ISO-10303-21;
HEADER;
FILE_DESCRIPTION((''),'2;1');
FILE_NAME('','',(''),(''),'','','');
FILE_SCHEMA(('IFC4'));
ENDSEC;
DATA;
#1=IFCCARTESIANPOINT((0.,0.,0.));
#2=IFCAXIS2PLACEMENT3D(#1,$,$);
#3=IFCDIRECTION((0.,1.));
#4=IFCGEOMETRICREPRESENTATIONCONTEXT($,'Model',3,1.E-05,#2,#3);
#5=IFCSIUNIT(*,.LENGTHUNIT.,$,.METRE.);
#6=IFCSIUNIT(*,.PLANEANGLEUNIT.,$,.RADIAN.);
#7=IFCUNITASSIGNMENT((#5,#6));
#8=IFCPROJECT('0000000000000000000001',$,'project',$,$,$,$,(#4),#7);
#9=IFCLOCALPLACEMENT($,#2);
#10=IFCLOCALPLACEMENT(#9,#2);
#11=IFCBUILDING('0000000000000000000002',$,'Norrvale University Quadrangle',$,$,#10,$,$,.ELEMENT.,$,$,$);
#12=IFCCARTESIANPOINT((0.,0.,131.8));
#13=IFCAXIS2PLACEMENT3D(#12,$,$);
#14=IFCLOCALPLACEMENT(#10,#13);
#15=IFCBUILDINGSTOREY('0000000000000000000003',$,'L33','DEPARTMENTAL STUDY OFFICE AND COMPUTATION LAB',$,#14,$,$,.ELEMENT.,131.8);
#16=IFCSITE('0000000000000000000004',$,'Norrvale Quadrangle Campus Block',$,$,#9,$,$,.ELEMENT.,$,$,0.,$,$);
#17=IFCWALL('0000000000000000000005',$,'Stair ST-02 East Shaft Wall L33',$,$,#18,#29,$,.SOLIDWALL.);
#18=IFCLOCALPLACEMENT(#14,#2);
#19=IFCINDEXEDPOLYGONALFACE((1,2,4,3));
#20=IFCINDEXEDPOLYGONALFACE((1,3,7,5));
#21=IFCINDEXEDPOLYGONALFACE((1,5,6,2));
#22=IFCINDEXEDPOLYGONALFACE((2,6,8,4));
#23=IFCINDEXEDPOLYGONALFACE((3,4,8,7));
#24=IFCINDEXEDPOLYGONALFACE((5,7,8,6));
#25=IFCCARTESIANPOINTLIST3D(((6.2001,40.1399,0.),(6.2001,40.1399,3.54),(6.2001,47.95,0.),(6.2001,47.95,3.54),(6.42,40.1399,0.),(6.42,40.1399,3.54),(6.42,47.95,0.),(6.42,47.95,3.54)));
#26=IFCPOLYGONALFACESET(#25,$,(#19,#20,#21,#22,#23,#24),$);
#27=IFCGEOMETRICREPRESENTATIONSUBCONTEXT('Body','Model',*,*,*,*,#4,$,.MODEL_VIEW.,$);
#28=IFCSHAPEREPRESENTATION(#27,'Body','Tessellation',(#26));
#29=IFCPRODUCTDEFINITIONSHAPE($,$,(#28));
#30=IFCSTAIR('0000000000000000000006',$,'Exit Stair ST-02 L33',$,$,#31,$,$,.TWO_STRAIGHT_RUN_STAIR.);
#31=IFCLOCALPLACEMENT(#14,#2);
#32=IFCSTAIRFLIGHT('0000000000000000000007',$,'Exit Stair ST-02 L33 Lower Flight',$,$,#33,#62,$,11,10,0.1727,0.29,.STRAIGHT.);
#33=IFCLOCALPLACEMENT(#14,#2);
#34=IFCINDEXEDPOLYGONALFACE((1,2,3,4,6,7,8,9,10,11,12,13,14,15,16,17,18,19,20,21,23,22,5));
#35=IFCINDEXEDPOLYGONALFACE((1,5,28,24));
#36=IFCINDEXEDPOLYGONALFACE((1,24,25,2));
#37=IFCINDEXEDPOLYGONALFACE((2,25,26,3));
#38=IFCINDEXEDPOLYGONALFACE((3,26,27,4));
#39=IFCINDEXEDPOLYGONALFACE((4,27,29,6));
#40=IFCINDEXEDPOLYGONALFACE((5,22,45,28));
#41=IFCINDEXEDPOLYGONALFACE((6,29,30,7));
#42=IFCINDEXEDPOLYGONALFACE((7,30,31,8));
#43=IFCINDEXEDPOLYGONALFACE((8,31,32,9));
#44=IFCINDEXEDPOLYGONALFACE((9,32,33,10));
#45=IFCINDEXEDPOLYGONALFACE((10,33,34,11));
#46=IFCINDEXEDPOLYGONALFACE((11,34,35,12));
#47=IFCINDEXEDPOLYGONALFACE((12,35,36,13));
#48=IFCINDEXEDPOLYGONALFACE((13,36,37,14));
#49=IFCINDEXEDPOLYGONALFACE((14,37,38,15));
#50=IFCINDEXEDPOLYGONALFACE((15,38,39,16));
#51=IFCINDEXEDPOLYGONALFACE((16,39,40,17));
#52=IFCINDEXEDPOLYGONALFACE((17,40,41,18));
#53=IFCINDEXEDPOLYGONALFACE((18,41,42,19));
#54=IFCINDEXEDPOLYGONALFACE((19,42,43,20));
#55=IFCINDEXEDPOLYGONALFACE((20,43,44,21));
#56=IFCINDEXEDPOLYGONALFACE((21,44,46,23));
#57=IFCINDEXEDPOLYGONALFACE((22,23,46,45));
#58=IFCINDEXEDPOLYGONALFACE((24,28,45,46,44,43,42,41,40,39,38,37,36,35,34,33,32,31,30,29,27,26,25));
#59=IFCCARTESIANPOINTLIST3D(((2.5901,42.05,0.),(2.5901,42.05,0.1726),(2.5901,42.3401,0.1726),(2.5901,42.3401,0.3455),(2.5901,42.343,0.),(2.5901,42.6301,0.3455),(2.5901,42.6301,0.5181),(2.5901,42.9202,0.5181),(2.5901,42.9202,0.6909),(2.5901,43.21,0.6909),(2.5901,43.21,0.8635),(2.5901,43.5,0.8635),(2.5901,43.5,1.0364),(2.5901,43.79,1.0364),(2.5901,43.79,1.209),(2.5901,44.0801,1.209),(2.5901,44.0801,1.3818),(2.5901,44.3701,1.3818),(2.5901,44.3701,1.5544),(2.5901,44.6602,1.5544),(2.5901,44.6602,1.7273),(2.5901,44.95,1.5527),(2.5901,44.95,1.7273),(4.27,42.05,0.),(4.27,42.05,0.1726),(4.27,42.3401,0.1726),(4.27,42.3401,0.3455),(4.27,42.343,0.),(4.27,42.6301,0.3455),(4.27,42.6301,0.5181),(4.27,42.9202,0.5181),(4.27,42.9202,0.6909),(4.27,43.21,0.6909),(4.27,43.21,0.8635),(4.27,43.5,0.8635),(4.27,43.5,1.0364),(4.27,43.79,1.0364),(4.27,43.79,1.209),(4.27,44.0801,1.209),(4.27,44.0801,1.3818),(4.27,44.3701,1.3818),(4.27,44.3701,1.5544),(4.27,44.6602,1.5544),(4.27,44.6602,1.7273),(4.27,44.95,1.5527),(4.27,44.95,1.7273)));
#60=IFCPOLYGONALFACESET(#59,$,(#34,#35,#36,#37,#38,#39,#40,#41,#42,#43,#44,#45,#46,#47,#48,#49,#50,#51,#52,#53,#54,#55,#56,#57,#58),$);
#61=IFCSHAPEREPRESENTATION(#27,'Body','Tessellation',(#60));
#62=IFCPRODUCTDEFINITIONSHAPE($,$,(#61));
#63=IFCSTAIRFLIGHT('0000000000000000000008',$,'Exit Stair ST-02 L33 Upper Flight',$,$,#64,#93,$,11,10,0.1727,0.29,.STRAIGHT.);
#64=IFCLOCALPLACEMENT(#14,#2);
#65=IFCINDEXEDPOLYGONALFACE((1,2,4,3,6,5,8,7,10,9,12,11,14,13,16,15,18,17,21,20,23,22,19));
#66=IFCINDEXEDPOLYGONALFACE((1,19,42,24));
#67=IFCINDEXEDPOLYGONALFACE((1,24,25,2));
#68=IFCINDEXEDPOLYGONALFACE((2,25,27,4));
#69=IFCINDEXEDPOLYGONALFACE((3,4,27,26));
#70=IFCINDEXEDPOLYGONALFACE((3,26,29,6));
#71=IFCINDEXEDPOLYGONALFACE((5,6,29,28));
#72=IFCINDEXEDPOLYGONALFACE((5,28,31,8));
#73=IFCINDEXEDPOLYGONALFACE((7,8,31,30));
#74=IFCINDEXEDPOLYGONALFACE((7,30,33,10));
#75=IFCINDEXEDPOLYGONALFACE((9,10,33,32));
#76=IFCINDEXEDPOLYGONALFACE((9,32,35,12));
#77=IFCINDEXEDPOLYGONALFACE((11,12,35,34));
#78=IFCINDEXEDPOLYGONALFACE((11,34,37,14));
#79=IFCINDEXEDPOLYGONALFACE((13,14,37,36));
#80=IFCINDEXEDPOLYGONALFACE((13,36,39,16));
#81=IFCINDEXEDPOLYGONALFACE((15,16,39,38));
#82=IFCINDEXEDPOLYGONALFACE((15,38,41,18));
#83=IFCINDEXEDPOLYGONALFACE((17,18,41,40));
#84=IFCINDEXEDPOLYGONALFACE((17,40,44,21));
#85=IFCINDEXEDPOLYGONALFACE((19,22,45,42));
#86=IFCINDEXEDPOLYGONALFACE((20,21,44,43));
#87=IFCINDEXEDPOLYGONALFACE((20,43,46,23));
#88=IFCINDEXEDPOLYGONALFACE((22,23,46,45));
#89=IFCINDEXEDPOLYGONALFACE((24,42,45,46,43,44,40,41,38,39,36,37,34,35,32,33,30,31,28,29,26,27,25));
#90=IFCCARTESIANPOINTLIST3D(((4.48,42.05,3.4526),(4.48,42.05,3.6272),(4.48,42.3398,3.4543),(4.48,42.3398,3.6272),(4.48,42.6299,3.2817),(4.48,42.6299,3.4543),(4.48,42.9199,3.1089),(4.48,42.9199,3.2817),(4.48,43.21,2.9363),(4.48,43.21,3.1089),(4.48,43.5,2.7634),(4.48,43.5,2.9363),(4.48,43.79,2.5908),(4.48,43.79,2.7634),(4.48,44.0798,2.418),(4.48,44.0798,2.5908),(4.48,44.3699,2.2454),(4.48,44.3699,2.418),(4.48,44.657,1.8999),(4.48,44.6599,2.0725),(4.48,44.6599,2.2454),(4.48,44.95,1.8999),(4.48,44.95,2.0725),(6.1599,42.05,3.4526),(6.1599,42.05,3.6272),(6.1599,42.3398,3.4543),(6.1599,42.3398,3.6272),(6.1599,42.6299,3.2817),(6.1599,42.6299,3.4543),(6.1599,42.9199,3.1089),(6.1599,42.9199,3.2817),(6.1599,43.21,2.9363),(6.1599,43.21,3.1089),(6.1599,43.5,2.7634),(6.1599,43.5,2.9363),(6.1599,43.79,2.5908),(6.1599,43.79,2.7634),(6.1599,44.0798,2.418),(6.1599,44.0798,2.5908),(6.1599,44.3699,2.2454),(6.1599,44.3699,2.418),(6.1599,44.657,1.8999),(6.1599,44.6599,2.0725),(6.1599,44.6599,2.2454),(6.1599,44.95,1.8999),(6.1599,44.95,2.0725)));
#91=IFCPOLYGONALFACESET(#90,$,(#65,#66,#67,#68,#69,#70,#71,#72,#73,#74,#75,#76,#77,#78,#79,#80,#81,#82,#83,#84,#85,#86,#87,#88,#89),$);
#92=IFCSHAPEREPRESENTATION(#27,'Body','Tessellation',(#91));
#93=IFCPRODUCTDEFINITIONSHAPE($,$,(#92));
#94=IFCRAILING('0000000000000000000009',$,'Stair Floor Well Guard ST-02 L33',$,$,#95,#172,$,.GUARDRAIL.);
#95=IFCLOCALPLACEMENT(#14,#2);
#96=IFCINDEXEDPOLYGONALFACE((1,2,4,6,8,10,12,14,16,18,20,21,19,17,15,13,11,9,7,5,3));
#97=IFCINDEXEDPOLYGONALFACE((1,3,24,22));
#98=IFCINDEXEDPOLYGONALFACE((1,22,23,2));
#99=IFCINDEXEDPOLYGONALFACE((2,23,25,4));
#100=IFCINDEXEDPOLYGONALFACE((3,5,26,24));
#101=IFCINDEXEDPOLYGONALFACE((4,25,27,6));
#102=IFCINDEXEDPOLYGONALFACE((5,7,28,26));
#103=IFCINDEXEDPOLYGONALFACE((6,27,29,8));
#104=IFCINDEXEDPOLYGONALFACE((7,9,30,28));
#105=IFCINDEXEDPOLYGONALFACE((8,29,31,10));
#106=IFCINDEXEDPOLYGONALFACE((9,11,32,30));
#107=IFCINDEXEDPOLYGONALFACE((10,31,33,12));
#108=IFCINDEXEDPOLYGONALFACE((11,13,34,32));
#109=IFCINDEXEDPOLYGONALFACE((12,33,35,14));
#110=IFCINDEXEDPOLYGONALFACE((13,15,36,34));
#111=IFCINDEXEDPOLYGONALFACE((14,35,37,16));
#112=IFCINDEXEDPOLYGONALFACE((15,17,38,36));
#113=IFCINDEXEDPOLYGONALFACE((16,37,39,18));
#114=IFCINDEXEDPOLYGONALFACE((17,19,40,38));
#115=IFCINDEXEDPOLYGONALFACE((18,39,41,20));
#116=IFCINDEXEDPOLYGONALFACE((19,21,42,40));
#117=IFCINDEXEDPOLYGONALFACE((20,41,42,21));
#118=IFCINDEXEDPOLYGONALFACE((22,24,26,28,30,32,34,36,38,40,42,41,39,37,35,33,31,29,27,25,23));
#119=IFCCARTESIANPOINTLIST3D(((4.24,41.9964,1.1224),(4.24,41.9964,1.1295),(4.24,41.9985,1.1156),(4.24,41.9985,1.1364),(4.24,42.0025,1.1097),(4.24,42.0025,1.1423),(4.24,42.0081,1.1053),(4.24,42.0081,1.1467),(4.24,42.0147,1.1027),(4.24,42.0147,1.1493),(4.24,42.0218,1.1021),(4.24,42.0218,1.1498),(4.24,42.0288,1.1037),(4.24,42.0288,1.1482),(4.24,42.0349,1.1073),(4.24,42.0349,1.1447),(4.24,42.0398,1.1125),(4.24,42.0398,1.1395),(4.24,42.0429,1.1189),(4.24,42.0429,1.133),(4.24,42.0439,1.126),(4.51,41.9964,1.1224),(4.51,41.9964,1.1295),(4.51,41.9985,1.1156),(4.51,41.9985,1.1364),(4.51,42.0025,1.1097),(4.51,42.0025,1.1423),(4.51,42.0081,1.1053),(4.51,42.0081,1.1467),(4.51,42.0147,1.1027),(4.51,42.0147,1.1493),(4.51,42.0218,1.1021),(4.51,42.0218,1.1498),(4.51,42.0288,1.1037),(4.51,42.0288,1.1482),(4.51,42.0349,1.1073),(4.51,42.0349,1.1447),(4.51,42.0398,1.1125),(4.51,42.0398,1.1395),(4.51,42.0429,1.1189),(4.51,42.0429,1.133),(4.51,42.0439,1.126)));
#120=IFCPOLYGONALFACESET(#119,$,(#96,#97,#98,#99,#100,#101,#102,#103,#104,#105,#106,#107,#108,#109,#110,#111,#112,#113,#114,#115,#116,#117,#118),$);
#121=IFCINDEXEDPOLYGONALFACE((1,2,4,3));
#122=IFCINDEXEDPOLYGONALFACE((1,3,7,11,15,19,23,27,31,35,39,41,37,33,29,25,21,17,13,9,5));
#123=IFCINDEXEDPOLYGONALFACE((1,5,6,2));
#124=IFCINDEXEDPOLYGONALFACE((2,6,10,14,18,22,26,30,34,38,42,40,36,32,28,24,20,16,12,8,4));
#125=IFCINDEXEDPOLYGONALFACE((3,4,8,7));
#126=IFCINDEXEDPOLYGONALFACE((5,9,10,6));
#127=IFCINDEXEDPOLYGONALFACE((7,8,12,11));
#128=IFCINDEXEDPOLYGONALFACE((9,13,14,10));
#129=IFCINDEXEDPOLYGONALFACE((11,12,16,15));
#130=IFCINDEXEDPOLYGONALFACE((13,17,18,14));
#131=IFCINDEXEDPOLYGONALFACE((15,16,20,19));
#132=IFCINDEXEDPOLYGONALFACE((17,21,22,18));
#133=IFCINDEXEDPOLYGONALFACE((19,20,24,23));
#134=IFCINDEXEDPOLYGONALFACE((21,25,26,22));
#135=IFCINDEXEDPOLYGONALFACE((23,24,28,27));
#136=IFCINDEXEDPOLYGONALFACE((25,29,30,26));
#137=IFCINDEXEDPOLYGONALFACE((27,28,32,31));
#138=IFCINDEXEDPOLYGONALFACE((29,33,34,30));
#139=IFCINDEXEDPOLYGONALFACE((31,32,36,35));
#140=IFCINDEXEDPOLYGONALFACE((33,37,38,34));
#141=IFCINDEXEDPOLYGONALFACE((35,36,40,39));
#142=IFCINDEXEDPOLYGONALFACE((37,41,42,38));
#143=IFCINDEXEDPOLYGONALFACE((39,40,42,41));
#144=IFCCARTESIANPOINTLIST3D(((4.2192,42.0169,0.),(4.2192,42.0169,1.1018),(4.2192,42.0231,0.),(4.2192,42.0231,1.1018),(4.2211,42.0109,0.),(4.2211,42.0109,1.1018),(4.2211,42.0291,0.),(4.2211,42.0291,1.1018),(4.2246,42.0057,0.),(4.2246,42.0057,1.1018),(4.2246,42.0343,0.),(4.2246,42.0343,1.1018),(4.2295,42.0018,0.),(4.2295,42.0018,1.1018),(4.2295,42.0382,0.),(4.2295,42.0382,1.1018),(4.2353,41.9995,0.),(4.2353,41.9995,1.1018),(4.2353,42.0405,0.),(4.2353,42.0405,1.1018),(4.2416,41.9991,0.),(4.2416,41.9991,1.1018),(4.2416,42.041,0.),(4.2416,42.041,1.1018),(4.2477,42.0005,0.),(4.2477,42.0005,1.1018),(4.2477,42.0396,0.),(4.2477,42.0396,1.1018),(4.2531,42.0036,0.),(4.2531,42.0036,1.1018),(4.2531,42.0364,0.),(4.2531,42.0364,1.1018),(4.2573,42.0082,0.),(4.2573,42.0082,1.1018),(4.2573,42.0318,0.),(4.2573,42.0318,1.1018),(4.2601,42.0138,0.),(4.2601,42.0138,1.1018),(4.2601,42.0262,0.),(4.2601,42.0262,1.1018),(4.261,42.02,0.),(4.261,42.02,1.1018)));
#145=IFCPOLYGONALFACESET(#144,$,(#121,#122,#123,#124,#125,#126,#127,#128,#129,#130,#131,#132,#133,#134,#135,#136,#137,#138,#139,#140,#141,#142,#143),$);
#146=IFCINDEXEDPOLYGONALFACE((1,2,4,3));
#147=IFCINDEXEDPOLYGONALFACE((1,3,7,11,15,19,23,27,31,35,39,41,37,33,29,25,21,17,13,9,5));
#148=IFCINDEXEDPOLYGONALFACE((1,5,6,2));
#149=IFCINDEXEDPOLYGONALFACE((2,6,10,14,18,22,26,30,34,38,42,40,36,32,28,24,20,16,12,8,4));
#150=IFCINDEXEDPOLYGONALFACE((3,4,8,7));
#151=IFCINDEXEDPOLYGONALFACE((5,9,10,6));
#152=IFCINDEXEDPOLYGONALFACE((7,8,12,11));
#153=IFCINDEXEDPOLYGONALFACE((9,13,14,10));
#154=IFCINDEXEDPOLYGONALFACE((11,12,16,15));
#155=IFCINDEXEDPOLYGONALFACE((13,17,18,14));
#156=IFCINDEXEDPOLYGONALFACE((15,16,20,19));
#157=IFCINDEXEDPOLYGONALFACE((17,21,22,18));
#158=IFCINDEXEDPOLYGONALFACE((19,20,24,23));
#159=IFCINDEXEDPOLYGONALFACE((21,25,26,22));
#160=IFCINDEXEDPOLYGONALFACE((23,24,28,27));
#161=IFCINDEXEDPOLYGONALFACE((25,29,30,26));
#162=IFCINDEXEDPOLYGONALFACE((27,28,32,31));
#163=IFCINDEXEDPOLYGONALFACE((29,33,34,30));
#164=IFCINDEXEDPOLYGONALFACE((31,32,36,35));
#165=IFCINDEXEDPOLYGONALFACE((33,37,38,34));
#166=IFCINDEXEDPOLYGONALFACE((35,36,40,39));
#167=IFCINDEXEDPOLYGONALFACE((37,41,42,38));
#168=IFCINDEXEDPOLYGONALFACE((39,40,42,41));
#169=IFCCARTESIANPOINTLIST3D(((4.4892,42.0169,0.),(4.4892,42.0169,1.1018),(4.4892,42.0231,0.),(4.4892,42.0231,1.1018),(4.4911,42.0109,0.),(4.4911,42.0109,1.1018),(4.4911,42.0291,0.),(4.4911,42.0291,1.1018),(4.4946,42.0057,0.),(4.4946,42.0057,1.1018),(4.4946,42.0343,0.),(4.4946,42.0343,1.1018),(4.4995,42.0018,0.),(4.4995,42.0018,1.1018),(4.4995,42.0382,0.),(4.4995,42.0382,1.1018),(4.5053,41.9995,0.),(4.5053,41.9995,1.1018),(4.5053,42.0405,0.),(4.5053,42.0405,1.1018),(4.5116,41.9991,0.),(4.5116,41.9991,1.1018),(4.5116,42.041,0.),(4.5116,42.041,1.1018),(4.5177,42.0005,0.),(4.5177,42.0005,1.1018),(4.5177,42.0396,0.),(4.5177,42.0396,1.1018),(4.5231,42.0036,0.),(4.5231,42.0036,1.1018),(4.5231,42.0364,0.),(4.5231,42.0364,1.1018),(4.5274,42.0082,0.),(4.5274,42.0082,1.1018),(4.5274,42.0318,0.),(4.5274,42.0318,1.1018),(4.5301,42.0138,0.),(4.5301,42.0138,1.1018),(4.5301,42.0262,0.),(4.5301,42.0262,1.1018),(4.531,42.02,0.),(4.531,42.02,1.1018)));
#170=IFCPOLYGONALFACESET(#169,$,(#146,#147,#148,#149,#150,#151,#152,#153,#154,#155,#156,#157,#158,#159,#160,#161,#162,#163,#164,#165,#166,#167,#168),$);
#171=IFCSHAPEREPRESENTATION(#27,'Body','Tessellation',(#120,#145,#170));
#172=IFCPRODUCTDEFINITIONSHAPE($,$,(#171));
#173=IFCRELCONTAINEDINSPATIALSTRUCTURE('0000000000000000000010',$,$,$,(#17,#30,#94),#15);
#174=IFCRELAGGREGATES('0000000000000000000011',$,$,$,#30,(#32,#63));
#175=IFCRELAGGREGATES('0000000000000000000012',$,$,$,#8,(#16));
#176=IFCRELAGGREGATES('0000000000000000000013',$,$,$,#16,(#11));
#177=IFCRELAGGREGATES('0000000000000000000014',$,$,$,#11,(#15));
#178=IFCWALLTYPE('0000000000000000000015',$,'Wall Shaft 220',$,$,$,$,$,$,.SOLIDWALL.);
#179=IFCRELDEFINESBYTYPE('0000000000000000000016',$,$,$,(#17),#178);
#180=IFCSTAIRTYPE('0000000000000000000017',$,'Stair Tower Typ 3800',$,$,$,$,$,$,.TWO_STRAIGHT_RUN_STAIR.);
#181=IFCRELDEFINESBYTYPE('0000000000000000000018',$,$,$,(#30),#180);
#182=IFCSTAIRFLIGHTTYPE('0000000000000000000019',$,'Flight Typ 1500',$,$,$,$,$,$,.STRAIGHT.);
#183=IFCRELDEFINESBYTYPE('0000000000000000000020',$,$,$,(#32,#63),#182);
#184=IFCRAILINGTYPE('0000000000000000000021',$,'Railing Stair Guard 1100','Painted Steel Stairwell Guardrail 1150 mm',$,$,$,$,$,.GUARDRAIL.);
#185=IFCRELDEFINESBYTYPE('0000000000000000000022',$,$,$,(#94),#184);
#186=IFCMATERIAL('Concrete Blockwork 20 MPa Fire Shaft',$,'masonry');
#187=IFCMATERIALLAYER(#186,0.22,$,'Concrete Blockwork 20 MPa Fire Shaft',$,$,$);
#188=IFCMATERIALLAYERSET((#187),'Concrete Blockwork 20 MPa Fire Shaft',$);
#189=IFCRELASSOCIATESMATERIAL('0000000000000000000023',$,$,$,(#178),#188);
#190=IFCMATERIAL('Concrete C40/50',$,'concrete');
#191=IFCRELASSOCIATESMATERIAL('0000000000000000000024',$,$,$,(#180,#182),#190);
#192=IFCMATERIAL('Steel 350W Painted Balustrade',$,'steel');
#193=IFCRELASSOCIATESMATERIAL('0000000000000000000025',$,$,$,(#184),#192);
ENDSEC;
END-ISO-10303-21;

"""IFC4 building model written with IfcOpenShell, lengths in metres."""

from ifc_helpers import new_model, si_unit, direction, frame, frame_2d, origin, origin_2d, place, context, subcontext, project, spatial, polyline, rectangle, circle, outline, extrude, material, layer, layer_set, type_object, element, aggregate, save


model = new_model("IFC4")

# Units and contexts
model_context = context("Model", 3, precision=1e-05, world=origin(), true_north=direction((0.0, 1.0)))
body_context = subcontext(model_context, "Body", "Model", "MODEL_VIEW")
ifc_project = project(units=[si_unit("LENGTHUNIT", "METRE"), si_unit("PLANEANGLEUNIT", "RADIAN")], contexts=[model_context])

# Site, building, storey
site_placement = place(None, origin())
site = spatial("IfcSite", under=ifc_project, at=site_placement, Name="Norrvale Quadrangle Campus Block", CompositionType="ELEMENT", RefElevation=0.0)
building_placement = place(site_placement, origin())
building = spatial("IfcBuilding", under=site, at=building_placement, Name="Norrvale University Quadrangle", CompositionType="ELEMENT")
storey_placement = place(building_placement, frame((0.0, 0.0, 131.8)))
storey = spatial("IfcBuildingStorey", under=building, at=storey_placement, Name="L33", Description="DEPARTMENTAL STUDY OFFICE AND COMPUTATION LAB", CompositionType="ELEMENT", Elevation=131.8)

# Shared definitions
ifc_material_1 = material(Name="Concrete Blockwork 20 MPa Fire Shaft", Category="masonry")
ifc_layer_1 = layer(ifc_material_1, 0.22, Name="Concrete Blockwork 20 MPa Fire Shaft")
ifc_layer_set_1 = layer_set([ifc_layer_1], Name="Concrete Blockwork 20 MPa Fire Shaft")
wall_type_1 = type_object("IfcWallType", Name="Wall Shaft 220", PredefinedType="SOLIDWALL", material=ifc_layer_set_1)

# Wall
wall_1_placement = place(storey_placement, frame((6.3101, 40.1399, 0.0), z_axis=(0.0, 0.0, 1.0), x_axis=(0.0, 1.0, 0.0)))
element("IfcWall", 1, at=wall_1_placement, inside=storey, type_object=wall_type_1, Name="Stair ST-02 East Shaft Wall L33", PredefinedType="SOLIDWALL", context=body_context, shape_type="SweptSolid", body=[
    extrude(rectangle(XDim=7.8101, YDim=0.22, at=frame_2d((3.905, 0.0))), origin(), (0.0, 0.0, 1.0), 3.54),
])

# Stair, stair flights
ifc_material_2 = material(Name="Concrete C40/50", Category="concrete")
stair_type = type_object("IfcStairType", Name="Stair Tower Typ 3800", PredefinedType="TWO_STRAIGHT_RUN_STAIR", material=ifc_material_2)
stair_placement = place(storey_placement, origin())
stair = element("IfcStair", 2, at=stair_placement, inside=storey, type_object=stair_type, Name="Exit Stair ST-02 L33", PredefinedType="TWO_STRAIGHT_RUN_STAIR")
stair_flight_type = type_object("IfcStairFlightType", Name="Flight Typ 1500", PredefinedType="STRAIGHT", material=ifc_material_2)
stair_flight_1_placement = place(storey_placement, frame((3.4299, 42.05, 0.0), z_axis=(0.0, 0.0, 1.0), x_axis=(0.0, 1.0, 0.0)))
stair_flight_1 = element("IfcStairFlight", 3, at=stair_flight_1_placement, type_object=stair_flight_type, Name="Exit Stair ST-02 L33 Lower Flight", NumberOfRisers=11, NumberOfTreads=10, PredefinedType="STRAIGHT", RiserHeight=0.1727, TreadLength=0.29, context=body_context, shape_type="SweptSolid", body=[
    extrude(outline(polyline([(0.0, 0.0), (0.0, 0.1726), (0.29, 0.1726), (0.29, 0.3455), (0.5801, 0.3455), (0.5801, 0.5181), (0.8701, 0.5181), (0.8701, 0.6909), (1.1599, 0.6909), (1.1599, 0.8635), (1.45, 0.8635), (1.45, 1.0364), (1.74, 1.0364), (1.74, 1.209), (2.03, 1.209), (2.03, 1.3818), (2.3201, 1.3818), (2.3201, 1.5544), (2.6101, 1.5544), (2.6101, 1.7273), (2.8999, 1.7273), (2.8999, 1.8999), (2.8999, 1.5527), (0.293, 0.0), (0.0, 0.0)])), frame((0.0, 0.8398, 0.0), z_axis=(0.0, -1.0, 0.0), x_axis=(1.0, 0.0, 0.0)), (0.0, 0.0, 1.0), 1.6799),
])
stair_flight_2_placement = place(storey_placement, frame((5.3201, 44.95, 1.8999), z_axis=(0.0, 0.0, 1.0), x_axis=(0.0, -1.0, 0.0)))
stair_flight_2 = element("IfcStairFlight", 4, at=stair_flight_2_placement, type_object=stair_flight_type, Name="Exit Stair ST-02 L33 Upper Flight", NumberOfRisers=11, NumberOfTreads=10, PredefinedType="STRAIGHT", RiserHeight=0.1727, TreadLength=0.29, context=body_context, shape_type="SweptSolid", body=[
    extrude(outline(polyline([(0.0, 0.0), (0.0, 0.1726), (0.29, 0.1726), (0.29, 0.3455), (0.5801, 0.3455), (0.5801, 0.5181), (0.8701, 0.5181), (0.8701, 0.6909), (1.1599, 0.6909), (1.1599, 0.8635), (1.45, 0.8635), (1.45, 1.0364), (1.74, 1.0364), (1.74, 1.209), (2.03, 1.209), (2.03, 1.3818), (2.3201, 1.3818), (2.3201, 1.5544), (2.6101, 1.5544), (2.6101, 1.7273), (2.8999, 1.7273), (2.8999, 1.8999), (2.8999, 1.5527), (0.293, 0.0), (0.0, 0.0)])), frame((0.0, 0.8398, 0.0), z_axis=(0.0, -1.0, 0.0), x_axis=(1.0, 0.0, 0.0)), (0.0, 0.0, 1.0), 1.6799),
])
aggregate(stair, [stair_flight_1, stair_flight_2])

# Railing
ifc_material_3 = material(Name="Steel 350W Painted Balustrade", Category="steel")
railing_type_1 = type_object("IfcRailingType", Name="Railing Stair Guard 1100", Description="Painted Steel Stairwell Guardrail 1150 mm", PredefinedType="GUARDRAIL", material=ifc_material_3)
for number, where, name in (
    (5, (4.24, 42.02, 0.0), "Stair Floor Well Guard ST-02 L33"),
):
    element("IfcRailing", number, at=place(storey_placement, frame(where)), inside=storey, type_object=railing_type_1, Name=name, PredefinedType="GUARDRAIL", context=body_context, shape_type="SweptSolid", body=[
        extrude(circle(Radius=0.0239, at=origin_2d()), frame((0.0, 0.0, 1.126), z_axis=(1.0, 0.0, 0.0), x_axis=(0.0, 1.0, 0.0)), (0.0, 0.0, 1.0), 0.27),
        extrude(circle(Radius=0.021, at=origin_2d()), origin(), (0.0, 0.0, 1.0), 1.1018),
        extrude(circle(Radius=0.021, at=origin_2d()), frame((0.27, 0.0, 0.0)), (0.0, 0.0, 1.0), 1.1018),
    ])

save(model, "model.ifc")
